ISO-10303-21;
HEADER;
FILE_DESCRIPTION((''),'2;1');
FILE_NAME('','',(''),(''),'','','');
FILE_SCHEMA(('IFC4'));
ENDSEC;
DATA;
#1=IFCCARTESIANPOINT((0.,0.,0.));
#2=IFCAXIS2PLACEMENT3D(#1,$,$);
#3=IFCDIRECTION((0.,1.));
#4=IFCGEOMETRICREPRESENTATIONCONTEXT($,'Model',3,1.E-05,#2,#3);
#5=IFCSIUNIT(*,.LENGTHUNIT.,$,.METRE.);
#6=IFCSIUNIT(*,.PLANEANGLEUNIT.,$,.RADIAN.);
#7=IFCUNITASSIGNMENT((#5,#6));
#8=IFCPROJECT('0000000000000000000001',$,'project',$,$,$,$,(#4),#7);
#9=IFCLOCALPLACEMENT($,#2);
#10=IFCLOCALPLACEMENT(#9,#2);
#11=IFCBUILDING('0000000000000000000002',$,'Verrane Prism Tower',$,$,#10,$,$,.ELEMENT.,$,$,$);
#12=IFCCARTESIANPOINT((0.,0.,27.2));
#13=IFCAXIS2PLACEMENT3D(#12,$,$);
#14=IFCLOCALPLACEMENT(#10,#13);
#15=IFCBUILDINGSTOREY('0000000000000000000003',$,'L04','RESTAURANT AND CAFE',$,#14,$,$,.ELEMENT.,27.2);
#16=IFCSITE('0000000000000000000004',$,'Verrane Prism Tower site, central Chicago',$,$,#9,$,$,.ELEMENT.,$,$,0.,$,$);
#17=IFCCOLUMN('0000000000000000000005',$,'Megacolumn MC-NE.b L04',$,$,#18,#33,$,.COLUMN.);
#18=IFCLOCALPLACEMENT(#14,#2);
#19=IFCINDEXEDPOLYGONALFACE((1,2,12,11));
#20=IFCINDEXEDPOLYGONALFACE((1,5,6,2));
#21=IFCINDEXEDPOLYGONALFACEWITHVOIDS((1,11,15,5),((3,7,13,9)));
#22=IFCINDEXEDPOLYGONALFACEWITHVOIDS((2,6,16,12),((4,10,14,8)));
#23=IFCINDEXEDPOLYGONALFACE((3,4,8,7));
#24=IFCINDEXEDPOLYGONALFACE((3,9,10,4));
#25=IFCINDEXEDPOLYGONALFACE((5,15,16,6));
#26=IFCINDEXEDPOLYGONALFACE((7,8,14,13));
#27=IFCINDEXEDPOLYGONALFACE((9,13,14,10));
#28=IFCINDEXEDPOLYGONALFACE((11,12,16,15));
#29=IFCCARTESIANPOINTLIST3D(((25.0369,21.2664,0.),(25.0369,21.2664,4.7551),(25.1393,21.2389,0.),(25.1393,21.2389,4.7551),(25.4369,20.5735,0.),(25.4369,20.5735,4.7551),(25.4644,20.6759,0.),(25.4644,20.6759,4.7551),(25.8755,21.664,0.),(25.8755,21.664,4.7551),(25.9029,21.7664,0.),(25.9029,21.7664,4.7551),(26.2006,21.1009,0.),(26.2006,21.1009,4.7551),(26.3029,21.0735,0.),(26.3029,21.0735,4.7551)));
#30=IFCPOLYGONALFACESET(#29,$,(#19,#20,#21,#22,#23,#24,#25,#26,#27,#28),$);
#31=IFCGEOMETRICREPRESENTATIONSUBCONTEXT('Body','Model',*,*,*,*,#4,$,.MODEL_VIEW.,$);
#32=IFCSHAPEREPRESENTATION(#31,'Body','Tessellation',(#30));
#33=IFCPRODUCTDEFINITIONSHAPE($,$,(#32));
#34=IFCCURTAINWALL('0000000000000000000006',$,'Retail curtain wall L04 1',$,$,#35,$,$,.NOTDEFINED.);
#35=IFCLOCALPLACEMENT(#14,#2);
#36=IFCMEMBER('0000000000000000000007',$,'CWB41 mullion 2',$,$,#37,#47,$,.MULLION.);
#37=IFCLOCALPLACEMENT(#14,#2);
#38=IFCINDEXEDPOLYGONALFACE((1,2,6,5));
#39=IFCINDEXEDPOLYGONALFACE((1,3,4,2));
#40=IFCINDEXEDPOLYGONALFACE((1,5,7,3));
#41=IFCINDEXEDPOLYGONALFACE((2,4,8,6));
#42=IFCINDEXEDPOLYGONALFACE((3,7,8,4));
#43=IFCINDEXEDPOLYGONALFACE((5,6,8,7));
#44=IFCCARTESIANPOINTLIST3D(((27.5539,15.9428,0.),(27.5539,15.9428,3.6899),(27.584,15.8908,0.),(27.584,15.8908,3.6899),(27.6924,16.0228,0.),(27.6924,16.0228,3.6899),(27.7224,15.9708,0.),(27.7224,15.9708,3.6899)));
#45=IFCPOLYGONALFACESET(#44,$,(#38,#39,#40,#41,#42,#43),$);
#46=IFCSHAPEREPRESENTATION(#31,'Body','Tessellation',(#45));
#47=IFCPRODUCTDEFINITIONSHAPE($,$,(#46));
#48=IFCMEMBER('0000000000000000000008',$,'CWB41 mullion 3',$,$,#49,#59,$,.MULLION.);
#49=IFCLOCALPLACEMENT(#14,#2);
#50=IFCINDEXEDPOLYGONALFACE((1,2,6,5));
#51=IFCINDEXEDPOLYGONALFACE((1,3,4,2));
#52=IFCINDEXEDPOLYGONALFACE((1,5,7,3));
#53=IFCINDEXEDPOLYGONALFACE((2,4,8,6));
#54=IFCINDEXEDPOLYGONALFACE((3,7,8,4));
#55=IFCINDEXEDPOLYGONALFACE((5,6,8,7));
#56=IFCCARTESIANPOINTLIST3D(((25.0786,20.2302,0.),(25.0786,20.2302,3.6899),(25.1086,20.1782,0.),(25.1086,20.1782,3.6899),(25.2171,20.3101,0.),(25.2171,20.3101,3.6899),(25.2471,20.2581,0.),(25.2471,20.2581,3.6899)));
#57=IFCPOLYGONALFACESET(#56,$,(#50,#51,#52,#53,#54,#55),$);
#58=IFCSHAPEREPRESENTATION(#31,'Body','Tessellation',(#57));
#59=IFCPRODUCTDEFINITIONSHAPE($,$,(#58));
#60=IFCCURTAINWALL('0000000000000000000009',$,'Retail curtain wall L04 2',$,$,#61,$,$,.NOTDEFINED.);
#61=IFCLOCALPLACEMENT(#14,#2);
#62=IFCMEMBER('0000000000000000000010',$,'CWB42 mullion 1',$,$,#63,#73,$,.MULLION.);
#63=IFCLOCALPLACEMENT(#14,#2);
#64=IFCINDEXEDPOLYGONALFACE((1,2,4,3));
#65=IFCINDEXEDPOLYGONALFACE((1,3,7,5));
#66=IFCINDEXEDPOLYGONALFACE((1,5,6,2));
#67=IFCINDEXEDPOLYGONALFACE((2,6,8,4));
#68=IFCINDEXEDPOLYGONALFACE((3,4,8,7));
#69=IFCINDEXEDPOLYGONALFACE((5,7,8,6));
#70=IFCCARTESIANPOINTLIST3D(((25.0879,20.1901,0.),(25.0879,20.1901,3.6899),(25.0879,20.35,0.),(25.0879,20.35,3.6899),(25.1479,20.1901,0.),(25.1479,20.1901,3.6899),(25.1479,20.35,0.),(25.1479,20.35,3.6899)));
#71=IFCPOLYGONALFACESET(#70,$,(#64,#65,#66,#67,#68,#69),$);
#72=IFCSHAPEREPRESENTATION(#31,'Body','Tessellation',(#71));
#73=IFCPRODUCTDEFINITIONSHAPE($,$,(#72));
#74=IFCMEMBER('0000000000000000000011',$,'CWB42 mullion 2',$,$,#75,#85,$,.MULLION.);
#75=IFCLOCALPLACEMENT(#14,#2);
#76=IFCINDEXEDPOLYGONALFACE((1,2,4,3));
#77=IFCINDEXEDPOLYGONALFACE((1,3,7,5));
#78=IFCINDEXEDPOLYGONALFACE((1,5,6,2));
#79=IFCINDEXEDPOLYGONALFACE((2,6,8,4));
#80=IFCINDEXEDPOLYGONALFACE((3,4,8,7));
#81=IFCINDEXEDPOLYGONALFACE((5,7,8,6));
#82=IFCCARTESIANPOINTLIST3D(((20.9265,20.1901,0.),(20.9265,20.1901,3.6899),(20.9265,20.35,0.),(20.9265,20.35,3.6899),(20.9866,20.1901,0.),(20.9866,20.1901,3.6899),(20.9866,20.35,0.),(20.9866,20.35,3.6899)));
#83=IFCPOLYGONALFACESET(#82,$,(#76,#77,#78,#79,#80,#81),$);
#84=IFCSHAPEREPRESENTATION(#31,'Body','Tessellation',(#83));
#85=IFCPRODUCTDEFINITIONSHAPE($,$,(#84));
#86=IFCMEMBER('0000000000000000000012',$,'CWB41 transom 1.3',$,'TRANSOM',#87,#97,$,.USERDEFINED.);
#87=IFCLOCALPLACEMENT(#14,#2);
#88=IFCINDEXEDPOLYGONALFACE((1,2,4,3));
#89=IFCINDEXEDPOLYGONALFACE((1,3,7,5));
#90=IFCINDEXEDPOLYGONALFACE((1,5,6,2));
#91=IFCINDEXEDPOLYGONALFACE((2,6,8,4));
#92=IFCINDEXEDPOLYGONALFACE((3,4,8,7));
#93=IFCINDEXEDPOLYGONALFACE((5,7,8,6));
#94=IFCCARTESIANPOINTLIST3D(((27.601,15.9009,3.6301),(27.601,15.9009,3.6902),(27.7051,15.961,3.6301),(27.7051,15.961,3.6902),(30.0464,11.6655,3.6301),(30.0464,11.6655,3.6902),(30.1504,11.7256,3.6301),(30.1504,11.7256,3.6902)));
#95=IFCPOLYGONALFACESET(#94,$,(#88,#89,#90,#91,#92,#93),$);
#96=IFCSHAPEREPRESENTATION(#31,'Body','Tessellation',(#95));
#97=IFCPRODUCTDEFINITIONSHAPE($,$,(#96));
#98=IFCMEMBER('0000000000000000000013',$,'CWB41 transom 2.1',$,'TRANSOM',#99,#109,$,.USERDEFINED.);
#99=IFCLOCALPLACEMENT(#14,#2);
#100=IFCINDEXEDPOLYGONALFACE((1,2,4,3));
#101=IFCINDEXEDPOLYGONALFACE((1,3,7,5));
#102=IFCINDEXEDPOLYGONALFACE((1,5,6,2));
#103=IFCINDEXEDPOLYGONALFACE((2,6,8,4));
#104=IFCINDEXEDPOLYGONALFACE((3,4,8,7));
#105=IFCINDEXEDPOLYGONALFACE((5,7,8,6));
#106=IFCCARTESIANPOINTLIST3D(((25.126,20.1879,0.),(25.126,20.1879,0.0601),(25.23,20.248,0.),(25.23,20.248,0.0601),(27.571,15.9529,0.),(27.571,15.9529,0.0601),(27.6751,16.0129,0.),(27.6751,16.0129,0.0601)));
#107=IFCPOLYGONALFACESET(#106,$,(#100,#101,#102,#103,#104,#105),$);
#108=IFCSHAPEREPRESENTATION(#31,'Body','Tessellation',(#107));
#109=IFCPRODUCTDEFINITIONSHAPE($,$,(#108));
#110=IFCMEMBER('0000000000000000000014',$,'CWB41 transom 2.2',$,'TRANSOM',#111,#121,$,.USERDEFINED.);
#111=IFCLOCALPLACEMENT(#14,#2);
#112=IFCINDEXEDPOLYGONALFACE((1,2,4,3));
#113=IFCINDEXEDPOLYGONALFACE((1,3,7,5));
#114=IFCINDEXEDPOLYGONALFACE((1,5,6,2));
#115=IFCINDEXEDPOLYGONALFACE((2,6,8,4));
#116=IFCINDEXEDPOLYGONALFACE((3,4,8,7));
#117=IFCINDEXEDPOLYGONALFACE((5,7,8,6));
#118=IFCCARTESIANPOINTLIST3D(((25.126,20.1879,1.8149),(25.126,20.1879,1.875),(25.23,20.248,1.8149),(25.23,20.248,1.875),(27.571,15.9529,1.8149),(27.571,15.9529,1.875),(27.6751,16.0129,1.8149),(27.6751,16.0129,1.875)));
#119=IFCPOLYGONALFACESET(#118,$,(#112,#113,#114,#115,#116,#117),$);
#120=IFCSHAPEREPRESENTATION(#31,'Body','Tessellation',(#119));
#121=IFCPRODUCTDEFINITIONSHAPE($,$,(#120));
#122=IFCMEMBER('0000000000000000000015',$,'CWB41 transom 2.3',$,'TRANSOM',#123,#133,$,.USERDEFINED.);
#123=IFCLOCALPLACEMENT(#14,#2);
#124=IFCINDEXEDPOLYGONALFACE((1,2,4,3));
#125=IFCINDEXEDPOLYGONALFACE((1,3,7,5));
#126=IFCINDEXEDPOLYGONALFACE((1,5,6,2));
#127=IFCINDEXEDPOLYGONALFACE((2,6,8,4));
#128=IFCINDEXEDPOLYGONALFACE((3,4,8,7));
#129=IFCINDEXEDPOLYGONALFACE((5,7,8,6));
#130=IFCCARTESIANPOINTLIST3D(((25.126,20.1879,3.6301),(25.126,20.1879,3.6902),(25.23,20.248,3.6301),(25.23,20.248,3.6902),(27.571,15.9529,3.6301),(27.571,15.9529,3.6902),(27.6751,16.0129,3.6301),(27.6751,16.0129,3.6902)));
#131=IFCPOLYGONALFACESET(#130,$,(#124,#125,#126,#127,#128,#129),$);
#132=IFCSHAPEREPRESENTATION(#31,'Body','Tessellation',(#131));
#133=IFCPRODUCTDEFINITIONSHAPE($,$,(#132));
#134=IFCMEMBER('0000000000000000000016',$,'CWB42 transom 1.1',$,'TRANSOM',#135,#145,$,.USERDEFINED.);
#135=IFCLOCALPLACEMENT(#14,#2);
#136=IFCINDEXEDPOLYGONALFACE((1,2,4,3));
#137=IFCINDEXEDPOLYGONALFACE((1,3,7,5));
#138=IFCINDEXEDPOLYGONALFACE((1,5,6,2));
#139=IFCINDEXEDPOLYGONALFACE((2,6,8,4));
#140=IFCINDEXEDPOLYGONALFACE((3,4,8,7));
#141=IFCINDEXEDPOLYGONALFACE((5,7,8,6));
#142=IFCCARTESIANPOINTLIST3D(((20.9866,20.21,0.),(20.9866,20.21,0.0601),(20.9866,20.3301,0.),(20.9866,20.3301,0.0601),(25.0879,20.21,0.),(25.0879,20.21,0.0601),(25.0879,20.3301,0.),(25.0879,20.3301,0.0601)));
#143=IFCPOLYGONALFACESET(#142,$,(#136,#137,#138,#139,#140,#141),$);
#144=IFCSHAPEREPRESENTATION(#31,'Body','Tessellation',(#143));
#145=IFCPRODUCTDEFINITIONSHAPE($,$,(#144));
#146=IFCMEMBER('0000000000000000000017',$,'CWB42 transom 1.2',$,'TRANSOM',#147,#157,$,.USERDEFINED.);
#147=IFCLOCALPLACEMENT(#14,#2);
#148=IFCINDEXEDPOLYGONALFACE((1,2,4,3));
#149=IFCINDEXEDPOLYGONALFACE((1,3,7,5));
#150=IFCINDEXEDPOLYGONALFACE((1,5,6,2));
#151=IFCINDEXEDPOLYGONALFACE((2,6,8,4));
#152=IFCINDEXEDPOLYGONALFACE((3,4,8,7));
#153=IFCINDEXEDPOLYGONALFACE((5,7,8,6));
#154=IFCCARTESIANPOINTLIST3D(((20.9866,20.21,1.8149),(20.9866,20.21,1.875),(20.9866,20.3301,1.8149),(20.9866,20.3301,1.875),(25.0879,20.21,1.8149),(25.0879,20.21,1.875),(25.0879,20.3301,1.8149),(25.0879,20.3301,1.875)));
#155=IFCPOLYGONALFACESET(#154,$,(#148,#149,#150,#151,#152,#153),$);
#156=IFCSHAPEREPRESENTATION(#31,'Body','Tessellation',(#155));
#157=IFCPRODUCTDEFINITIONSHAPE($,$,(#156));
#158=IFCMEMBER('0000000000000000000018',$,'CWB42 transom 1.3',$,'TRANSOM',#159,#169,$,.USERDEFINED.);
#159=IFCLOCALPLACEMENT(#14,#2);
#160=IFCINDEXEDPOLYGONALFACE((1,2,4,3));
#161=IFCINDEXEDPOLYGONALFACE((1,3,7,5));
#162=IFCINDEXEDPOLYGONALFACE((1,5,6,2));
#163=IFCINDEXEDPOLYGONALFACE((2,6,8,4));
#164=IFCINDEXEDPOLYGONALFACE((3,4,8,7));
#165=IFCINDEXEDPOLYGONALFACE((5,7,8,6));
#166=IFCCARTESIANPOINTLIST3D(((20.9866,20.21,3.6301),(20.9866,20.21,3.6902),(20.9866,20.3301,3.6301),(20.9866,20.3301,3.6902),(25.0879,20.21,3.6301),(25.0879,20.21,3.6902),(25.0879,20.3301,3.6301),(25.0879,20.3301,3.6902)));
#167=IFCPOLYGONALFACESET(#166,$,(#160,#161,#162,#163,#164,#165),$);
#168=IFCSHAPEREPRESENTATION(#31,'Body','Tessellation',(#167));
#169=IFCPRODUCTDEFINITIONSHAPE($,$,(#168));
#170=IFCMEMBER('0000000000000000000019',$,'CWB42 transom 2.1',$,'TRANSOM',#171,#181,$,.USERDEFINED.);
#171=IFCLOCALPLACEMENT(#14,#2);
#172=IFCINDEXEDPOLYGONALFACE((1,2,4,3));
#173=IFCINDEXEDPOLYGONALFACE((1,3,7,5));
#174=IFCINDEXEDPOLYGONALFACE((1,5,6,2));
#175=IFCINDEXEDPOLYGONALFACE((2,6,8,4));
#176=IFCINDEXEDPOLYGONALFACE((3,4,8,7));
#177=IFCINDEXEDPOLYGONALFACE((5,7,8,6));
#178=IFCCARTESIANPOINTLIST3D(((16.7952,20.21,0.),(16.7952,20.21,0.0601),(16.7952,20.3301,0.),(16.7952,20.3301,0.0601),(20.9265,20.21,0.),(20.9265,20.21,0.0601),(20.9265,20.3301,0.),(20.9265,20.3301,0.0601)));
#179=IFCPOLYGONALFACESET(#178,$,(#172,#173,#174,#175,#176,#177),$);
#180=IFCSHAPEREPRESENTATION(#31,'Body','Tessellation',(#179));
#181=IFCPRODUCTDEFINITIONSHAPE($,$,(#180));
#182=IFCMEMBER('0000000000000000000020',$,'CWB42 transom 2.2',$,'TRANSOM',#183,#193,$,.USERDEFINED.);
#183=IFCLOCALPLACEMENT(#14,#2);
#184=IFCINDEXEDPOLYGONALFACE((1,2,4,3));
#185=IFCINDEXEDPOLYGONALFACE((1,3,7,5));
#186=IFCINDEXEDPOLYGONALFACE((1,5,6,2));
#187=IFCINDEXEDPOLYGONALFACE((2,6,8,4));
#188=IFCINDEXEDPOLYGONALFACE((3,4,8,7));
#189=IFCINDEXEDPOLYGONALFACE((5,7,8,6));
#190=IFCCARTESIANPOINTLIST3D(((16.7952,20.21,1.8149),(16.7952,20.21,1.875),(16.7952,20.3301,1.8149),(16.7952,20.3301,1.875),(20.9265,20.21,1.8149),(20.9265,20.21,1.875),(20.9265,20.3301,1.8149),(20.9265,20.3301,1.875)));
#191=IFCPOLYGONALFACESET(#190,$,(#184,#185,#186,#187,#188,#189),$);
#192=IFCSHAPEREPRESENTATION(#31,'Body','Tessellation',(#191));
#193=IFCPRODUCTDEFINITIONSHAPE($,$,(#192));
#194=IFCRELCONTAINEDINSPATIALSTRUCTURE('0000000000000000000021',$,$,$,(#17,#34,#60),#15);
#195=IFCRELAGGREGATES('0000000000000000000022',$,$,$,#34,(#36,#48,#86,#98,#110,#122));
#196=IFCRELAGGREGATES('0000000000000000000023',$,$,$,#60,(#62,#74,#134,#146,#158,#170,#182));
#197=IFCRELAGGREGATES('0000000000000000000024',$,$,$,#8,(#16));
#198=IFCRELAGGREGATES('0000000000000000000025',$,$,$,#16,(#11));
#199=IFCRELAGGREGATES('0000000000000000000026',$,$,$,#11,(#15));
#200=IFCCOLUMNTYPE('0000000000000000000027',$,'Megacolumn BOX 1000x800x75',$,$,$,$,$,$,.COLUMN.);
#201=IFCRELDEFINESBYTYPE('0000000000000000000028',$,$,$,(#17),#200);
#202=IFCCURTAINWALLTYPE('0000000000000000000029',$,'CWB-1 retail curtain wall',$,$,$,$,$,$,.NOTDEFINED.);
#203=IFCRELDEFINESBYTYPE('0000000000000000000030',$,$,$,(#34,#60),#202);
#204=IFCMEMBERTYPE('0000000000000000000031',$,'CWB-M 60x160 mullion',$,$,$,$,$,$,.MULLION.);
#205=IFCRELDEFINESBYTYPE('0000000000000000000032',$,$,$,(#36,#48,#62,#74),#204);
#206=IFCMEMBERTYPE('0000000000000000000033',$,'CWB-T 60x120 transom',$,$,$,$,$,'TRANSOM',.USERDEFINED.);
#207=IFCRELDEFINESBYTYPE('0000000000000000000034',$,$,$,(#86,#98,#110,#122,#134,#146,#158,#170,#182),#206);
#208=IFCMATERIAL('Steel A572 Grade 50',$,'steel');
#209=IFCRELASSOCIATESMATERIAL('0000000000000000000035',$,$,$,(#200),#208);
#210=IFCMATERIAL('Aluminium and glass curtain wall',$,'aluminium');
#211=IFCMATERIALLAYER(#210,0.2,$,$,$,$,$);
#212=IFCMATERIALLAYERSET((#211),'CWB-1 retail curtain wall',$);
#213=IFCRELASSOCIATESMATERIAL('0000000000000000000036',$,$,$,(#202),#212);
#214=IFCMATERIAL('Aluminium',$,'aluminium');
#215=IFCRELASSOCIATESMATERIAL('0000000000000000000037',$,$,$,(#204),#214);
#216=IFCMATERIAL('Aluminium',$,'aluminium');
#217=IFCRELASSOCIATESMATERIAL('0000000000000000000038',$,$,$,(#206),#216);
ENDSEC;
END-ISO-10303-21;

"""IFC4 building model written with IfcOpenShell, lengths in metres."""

from ifc_helpers import new_model, si_unit, direction, frame, origin, origin_2d, place, context, subcontext, project, spatial, rectangle, hollow_rectangle, extrude, material, layer, layer_set, material_profile, profile_set, type_object, element, aggregate, save


model = new_model("IFC4")

# Units and contexts
model_context = context("Model", 3, precision=1e-05, world=origin(), true_north=direction((0.0, 1.0)))
body_context = subcontext(model_context, "Body", "Model", "MODEL_VIEW")
ifc_project = project(units=[si_unit("LENGTHUNIT", "METRE"), si_unit("PLANEANGLEUNIT", "RADIAN")], contexts=[model_context])

# Site, building, storey
site_placement = place(None, origin())
site = spatial("IfcSite", under=ifc_project, at=site_placement, Name="Verrane Prism Tower site, central Chicago", CompositionType="ELEMENT", RefElevation=0.0)
building_placement = place(site_placement, origin())
building = spatial("IfcBuilding", under=site, at=building_placement, Name="Verrane Prism Tower", CompositionType="ELEMENT")
storey_placement = place(building_placement, frame((0.0, 0.0, 27.2)))
storey = spatial("IfcBuildingStorey", under=building, at=storey_placement, Name="L04", Description="RESTAURANT AND CAFE", CompositionType="ELEMENT", Elevation=27.2)

# Column
ifc_material_1 = material(Name="Steel A572 Grade 50", Category="steel")
ifc_material_profile_1 = material_profile(ifc_material_1, hollow_rectangle(XDim=0.8, YDim=1.0, WallThickness=0.075, at=origin_2d()), Name="BOX 1000x800x75")
ifc_profile_set_1 = profile_set([ifc_material_profile_1], Name="Steel A572 Grade 50")
column_type = type_object("IfcColumnType", Name="Megacolumn BOX 1000x800x75", PredefinedType="COLUMN", material=ifc_profile_set_1)
column_placement = place(storey_placement, frame((25.6699, 21.1699, 0.0), z_axis=(0.0, 0.0, 1.0), x_axis=(0.5, -0.866025, 0.0)))
element("IfcColumn", 1, at=column_placement, inside=storey, type_object=column_type, Name="Megacolumn MC-NE.b L04", PredefinedType="COLUMN", context=body_context, shape_type="SweptSolid", body=[
    extrude(hollow_rectangle(XDim=0.8, YDim=1.0, WallThickness=0.075, at=origin_2d()), origin(), (0.0, 0.0, 1.0), 4.7551),
])

# Curtain walls, members
ifc_material_2 = material(Name="Aluminium and glass curtain wall", Category="aluminium")
ifc_layer_1 = layer(ifc_material_2, 0.2)
ifc_layer_set_1 = layer_set([ifc_layer_1], Name="CWB-1 retail curtain wall")
curtain_wall_type = type_object("IfcCurtainWallType", Name="CWB-1 retail curtain wall", PredefinedType="NOTDEFINED", material=ifc_layer_set_1)
curtain_wall_1_placement = place(storey_placement, origin())
curtain_wall_1 = element("IfcCurtainWall", 2, at=curtain_wall_1_placement, inside=storey, type_object=curtain_wall_type, Name="Retail curtain wall L04 1", PredefinedType="NOTDEFINED")
ifc_material_3 = material(Name="Aluminium", Category="aluminium")
ifc_material_profile_2 = material_profile(ifc_material_3, rectangle(XDim=0.1599, YDim=0.0601, at=origin_2d()), Name="CWB-M 60x160 mullion")
ifc_profile_set_2 = profile_set([ifc_material_profile_2], Name="Aluminium")
member_type_1 = type_object("IfcMemberType", Name="CWB-M 60x160 mullion", PredefinedType="MULLION", material=ifc_profile_set_2)
member_1_placement = place(storey_placement, frame((27.6382, 15.9568, 0.0), z_axis=(0.0, 0.0, 1.0), x_axis=(-0.866026, -0.499999, 0.0)))
member_1 = element("IfcMember", 3, at=member_1_placement, type_object=member_type_1, Name="CWB41 mullion 2", PredefinedType="MULLION", context=body_context, shape_type="SweptSolid", body=[
    extrude(rectangle(XDim=0.1599, YDim=0.0601, at=origin_2d()), origin(), (0.0, 0.0, 1.0), 3.6899),
])
member_2_placement = place(storey_placement, frame((25.1628, 20.2441, 0.0), z_axis=(0.0, 0.0, 1.0), x_axis=(-0.866026, -0.499999, 0.0)))
member_2 = element("IfcMember", 4, at=member_2_placement, type_object=member_type_1, Name="CWB41 mullion 3", PredefinedType="MULLION", context=body_context, shape_type="SweptSolid", body=[
    extrude(rectangle(XDim=0.1599, YDim=0.0601, at=origin_2d()), origin(), (0.0, 0.0, 1.0), 3.6899),
])
curtain_wall_2_placement = place(storey_placement, origin())
curtain_wall_2 = element("IfcCurtainWall", 5, at=curtain_wall_2_placement, inside=storey, type_object=curtain_wall_type, Name="Retail curtain wall L04 2", PredefinedType="NOTDEFINED")
member_3_placement = place(storey_placement, frame((25.1179, 20.27, 0.0), z_axis=(0.0, 0.0, 1.0), x_axis=(0.0, -1.0, 0.0)))
member_3 = element("IfcMember", 6, at=member_3_placement, type_object=member_type_1, Name="CWB42 mullion 1", PredefinedType="MULLION", context=body_context, shape_type="SweptSolid", body=[
    extrude(rectangle(XDim=0.1599, YDim=0.0601, at=origin_2d()), origin(), (0.0, 0.0, 1.0), 3.6899),
])
member_4_placement = place(storey_placement, frame((20.9565, 20.27, 0.0), z_axis=(0.0, 0.0, 1.0), x_axis=(0.0, -1.0, 0.0)))
member_4 = element("IfcMember", 7, at=member_4_placement, type_object=member_type_1, Name="CWB42 mullion 2", PredefinedType="MULLION", context=body_context, shape_type="SweptSolid", body=[
    extrude(rectangle(XDim=0.1599, YDim=0.0601, at=origin_2d()), origin(), (0.0, 0.0, 1.0), 3.6899),
])

# Members
ifc_material_4 = material(Name="Aluminium", Category="aluminium")
ifc_material_profile_3 = material_profile(ifc_material_4, rectangle(XDim=0.1201, YDim=0.0601, at=origin_2d()), Name="CWB-T 60x120 transom")
ifc_profile_set_3 = profile_set([ifc_material_profile_3], Name="Aluminium")
member_type_2 = type_object("IfcMemberType", Name="CWB-T 60x120 transom", ElementType="TRANSOM", PredefinedType="USERDEFINED", material=ifc_profile_set_3)
member_5_placement = place(storey_placement, frame((30.0984, 11.6956, 3.6602), z_axis=(-0.500005, 0.866023, 0.0), x_axis=(-0.866023, -0.500005, 0.0)))
member_5 = element("IfcMember", 8, at=member_5_placement, type_object=member_type_2, Name="CWB41 transom 1.3", ObjectType="TRANSOM", PredefinedType="USERDEFINED", context=body_context, shape_type="SweptSolid", body=[
    extrude(rectangle(XDim=0.1201, YDim=0.0601, at=origin_2d()), origin(), (0.0, 0.0, 1.0), 4.8906),
])
member_6_placement = place(storey_placement, frame((27.623, 15.9829, 0.03), z_axis=(-0.499989, 0.866032, 0.0), x_axis=(-0.866032, -0.499989, 0.0)))
member_6 = element("IfcMember", 9, at=member_6_placement, type_object=member_type_2, Name="CWB41 transom 2.1", ObjectType="TRANSOM", PredefinedType="USERDEFINED", context=body_context, shape_type="SweptSolid", body=[
    extrude(rectangle(XDim=0.1201, YDim=0.0601, at=origin_2d()), origin(), (0.0, 0.0, 1.0), 4.8901),
])
member_7_placement = place(storey_placement, frame((27.623, 15.9829, 1.845), z_axis=(-0.499989, 0.866032, 0.0), x_axis=(-0.866032, -0.499989, 0.0)))
member_7 = element("IfcMember", 10, at=member_7_placement, type_object=member_type_2, Name="CWB41 transom 2.2", ObjectType="TRANSOM", PredefinedType="USERDEFINED", context=body_context, shape_type="SweptSolid", body=[
    extrude(rectangle(XDim=0.1201, YDim=0.0601, at=origin_2d()), origin(), (0.0, 0.0, 1.0), 4.8901),
])
member_8_placement = place(storey_placement, frame((27.623, 15.9829, 3.6602), z_axis=(-0.499989, 0.866032, 0.0), x_axis=(-0.866032, -0.499989, 0.0)))
member_8 = element("IfcMember", 11, at=member_8_placement, type_object=member_type_2, Name="CWB41 transom 2.3", ObjectType="TRANSOM", PredefinedType="USERDEFINED", context=body_context, shape_type="SweptSolid", body=[
    extrude(rectangle(XDim=0.1201, YDim=0.0601, at=origin_2d()), origin(), (0.0, 0.0, 1.0), 4.8901),
])
member_9_placement = place(storey_placement, frame((25.0879, 20.27, 0.03), z_axis=(-1.0, 0.0, 0.0), x_axis=(0.0, -1.0, 0.0)))
member_9 = element("IfcMember", 12, at=member_9_placement, type_object=member_type_2, Name="CWB42 transom 1.1", ObjectType="TRANSOM", PredefinedType="USERDEFINED", context=body_context, shape_type="SweptSolid", body=[
    extrude(rectangle(XDim=0.1201, YDim=0.0601, at=origin_2d()), origin(), (0.0, 0.0, 1.0), 4.1013),
])
member_10_placement = place(storey_placement, frame((25.0879, 20.27, 1.845), z_axis=(-1.0, 0.0, 0.0), x_axis=(0.0, -1.0, 0.0)))
member_10 = element("IfcMember", 13, at=member_10_placement, type_object=member_type_2, Name="CWB42 transom 1.2", ObjectType="TRANSOM", PredefinedType="USERDEFINED", context=body_context, shape_type="SweptSolid", body=[
    extrude(rectangle(XDim=0.1201, YDim=0.0601, at=origin_2d()), origin(), (0.0, 0.0, 1.0), 4.1013),
])
member_11_placement = place(storey_placement, frame((25.0879, 20.27, 3.6602), z_axis=(-1.0, 0.0, 0.0), x_axis=(0.0, -1.0, 0.0)))
member_11 = element("IfcMember", 14, at=member_11_placement, type_object=member_type_2, Name="CWB42 transom 1.3", ObjectType="TRANSOM", PredefinedType="USERDEFINED", context=body_context, shape_type="SweptSolid", body=[
    extrude(rectangle(XDim=0.1201, YDim=0.0601, at=origin_2d()), origin(), (0.0, 0.0, 1.0), 4.1013),
])
member_12_placement = place(storey_placement, frame((20.9265, 20.27, 0.03), z_axis=(-1.0, 0.0, 0.0), x_axis=(0.0, -1.0, 0.0)))
member_12 = element("IfcMember", 15, at=member_12_placement, type_object=member_type_2, Name="CWB42 transom 2.1", ObjectType="TRANSOM", PredefinedType="USERDEFINED", context=body_context, shape_type="SweptSolid", body=[
    extrude(rectangle(XDim=0.1201, YDim=0.0601, at=origin_2d()), origin(), (0.0, 0.0, 1.0), 4.1313),
])
member_13_placement = place(storey_placement, frame((20.9265, 20.27, 1.845), z_axis=(-1.0, 0.0, 0.0), x_axis=(0.0, -1.0, 0.0)))
member_13 = element("IfcMember", 16, at=member_13_placement, type_object=member_type_2, Name="CWB42 transom 2.2", ObjectType="TRANSOM", PredefinedType="USERDEFINED", context=body_context, shape_type="SweptSolid", body=[
    extrude(rectangle(XDim=0.1201, YDim=0.0601, at=origin_2d()), origin(), (0.0, 0.0, 1.0), 4.1313),
])

aggregate(curtain_wall_1, [member_1, member_2, member_5, member_6, member_7, member_8])
aggregate(curtain_wall_2, [member_3, member_4, member_9, member_10, member_11, member_12, member_13])

save(model, "model.ifc")
